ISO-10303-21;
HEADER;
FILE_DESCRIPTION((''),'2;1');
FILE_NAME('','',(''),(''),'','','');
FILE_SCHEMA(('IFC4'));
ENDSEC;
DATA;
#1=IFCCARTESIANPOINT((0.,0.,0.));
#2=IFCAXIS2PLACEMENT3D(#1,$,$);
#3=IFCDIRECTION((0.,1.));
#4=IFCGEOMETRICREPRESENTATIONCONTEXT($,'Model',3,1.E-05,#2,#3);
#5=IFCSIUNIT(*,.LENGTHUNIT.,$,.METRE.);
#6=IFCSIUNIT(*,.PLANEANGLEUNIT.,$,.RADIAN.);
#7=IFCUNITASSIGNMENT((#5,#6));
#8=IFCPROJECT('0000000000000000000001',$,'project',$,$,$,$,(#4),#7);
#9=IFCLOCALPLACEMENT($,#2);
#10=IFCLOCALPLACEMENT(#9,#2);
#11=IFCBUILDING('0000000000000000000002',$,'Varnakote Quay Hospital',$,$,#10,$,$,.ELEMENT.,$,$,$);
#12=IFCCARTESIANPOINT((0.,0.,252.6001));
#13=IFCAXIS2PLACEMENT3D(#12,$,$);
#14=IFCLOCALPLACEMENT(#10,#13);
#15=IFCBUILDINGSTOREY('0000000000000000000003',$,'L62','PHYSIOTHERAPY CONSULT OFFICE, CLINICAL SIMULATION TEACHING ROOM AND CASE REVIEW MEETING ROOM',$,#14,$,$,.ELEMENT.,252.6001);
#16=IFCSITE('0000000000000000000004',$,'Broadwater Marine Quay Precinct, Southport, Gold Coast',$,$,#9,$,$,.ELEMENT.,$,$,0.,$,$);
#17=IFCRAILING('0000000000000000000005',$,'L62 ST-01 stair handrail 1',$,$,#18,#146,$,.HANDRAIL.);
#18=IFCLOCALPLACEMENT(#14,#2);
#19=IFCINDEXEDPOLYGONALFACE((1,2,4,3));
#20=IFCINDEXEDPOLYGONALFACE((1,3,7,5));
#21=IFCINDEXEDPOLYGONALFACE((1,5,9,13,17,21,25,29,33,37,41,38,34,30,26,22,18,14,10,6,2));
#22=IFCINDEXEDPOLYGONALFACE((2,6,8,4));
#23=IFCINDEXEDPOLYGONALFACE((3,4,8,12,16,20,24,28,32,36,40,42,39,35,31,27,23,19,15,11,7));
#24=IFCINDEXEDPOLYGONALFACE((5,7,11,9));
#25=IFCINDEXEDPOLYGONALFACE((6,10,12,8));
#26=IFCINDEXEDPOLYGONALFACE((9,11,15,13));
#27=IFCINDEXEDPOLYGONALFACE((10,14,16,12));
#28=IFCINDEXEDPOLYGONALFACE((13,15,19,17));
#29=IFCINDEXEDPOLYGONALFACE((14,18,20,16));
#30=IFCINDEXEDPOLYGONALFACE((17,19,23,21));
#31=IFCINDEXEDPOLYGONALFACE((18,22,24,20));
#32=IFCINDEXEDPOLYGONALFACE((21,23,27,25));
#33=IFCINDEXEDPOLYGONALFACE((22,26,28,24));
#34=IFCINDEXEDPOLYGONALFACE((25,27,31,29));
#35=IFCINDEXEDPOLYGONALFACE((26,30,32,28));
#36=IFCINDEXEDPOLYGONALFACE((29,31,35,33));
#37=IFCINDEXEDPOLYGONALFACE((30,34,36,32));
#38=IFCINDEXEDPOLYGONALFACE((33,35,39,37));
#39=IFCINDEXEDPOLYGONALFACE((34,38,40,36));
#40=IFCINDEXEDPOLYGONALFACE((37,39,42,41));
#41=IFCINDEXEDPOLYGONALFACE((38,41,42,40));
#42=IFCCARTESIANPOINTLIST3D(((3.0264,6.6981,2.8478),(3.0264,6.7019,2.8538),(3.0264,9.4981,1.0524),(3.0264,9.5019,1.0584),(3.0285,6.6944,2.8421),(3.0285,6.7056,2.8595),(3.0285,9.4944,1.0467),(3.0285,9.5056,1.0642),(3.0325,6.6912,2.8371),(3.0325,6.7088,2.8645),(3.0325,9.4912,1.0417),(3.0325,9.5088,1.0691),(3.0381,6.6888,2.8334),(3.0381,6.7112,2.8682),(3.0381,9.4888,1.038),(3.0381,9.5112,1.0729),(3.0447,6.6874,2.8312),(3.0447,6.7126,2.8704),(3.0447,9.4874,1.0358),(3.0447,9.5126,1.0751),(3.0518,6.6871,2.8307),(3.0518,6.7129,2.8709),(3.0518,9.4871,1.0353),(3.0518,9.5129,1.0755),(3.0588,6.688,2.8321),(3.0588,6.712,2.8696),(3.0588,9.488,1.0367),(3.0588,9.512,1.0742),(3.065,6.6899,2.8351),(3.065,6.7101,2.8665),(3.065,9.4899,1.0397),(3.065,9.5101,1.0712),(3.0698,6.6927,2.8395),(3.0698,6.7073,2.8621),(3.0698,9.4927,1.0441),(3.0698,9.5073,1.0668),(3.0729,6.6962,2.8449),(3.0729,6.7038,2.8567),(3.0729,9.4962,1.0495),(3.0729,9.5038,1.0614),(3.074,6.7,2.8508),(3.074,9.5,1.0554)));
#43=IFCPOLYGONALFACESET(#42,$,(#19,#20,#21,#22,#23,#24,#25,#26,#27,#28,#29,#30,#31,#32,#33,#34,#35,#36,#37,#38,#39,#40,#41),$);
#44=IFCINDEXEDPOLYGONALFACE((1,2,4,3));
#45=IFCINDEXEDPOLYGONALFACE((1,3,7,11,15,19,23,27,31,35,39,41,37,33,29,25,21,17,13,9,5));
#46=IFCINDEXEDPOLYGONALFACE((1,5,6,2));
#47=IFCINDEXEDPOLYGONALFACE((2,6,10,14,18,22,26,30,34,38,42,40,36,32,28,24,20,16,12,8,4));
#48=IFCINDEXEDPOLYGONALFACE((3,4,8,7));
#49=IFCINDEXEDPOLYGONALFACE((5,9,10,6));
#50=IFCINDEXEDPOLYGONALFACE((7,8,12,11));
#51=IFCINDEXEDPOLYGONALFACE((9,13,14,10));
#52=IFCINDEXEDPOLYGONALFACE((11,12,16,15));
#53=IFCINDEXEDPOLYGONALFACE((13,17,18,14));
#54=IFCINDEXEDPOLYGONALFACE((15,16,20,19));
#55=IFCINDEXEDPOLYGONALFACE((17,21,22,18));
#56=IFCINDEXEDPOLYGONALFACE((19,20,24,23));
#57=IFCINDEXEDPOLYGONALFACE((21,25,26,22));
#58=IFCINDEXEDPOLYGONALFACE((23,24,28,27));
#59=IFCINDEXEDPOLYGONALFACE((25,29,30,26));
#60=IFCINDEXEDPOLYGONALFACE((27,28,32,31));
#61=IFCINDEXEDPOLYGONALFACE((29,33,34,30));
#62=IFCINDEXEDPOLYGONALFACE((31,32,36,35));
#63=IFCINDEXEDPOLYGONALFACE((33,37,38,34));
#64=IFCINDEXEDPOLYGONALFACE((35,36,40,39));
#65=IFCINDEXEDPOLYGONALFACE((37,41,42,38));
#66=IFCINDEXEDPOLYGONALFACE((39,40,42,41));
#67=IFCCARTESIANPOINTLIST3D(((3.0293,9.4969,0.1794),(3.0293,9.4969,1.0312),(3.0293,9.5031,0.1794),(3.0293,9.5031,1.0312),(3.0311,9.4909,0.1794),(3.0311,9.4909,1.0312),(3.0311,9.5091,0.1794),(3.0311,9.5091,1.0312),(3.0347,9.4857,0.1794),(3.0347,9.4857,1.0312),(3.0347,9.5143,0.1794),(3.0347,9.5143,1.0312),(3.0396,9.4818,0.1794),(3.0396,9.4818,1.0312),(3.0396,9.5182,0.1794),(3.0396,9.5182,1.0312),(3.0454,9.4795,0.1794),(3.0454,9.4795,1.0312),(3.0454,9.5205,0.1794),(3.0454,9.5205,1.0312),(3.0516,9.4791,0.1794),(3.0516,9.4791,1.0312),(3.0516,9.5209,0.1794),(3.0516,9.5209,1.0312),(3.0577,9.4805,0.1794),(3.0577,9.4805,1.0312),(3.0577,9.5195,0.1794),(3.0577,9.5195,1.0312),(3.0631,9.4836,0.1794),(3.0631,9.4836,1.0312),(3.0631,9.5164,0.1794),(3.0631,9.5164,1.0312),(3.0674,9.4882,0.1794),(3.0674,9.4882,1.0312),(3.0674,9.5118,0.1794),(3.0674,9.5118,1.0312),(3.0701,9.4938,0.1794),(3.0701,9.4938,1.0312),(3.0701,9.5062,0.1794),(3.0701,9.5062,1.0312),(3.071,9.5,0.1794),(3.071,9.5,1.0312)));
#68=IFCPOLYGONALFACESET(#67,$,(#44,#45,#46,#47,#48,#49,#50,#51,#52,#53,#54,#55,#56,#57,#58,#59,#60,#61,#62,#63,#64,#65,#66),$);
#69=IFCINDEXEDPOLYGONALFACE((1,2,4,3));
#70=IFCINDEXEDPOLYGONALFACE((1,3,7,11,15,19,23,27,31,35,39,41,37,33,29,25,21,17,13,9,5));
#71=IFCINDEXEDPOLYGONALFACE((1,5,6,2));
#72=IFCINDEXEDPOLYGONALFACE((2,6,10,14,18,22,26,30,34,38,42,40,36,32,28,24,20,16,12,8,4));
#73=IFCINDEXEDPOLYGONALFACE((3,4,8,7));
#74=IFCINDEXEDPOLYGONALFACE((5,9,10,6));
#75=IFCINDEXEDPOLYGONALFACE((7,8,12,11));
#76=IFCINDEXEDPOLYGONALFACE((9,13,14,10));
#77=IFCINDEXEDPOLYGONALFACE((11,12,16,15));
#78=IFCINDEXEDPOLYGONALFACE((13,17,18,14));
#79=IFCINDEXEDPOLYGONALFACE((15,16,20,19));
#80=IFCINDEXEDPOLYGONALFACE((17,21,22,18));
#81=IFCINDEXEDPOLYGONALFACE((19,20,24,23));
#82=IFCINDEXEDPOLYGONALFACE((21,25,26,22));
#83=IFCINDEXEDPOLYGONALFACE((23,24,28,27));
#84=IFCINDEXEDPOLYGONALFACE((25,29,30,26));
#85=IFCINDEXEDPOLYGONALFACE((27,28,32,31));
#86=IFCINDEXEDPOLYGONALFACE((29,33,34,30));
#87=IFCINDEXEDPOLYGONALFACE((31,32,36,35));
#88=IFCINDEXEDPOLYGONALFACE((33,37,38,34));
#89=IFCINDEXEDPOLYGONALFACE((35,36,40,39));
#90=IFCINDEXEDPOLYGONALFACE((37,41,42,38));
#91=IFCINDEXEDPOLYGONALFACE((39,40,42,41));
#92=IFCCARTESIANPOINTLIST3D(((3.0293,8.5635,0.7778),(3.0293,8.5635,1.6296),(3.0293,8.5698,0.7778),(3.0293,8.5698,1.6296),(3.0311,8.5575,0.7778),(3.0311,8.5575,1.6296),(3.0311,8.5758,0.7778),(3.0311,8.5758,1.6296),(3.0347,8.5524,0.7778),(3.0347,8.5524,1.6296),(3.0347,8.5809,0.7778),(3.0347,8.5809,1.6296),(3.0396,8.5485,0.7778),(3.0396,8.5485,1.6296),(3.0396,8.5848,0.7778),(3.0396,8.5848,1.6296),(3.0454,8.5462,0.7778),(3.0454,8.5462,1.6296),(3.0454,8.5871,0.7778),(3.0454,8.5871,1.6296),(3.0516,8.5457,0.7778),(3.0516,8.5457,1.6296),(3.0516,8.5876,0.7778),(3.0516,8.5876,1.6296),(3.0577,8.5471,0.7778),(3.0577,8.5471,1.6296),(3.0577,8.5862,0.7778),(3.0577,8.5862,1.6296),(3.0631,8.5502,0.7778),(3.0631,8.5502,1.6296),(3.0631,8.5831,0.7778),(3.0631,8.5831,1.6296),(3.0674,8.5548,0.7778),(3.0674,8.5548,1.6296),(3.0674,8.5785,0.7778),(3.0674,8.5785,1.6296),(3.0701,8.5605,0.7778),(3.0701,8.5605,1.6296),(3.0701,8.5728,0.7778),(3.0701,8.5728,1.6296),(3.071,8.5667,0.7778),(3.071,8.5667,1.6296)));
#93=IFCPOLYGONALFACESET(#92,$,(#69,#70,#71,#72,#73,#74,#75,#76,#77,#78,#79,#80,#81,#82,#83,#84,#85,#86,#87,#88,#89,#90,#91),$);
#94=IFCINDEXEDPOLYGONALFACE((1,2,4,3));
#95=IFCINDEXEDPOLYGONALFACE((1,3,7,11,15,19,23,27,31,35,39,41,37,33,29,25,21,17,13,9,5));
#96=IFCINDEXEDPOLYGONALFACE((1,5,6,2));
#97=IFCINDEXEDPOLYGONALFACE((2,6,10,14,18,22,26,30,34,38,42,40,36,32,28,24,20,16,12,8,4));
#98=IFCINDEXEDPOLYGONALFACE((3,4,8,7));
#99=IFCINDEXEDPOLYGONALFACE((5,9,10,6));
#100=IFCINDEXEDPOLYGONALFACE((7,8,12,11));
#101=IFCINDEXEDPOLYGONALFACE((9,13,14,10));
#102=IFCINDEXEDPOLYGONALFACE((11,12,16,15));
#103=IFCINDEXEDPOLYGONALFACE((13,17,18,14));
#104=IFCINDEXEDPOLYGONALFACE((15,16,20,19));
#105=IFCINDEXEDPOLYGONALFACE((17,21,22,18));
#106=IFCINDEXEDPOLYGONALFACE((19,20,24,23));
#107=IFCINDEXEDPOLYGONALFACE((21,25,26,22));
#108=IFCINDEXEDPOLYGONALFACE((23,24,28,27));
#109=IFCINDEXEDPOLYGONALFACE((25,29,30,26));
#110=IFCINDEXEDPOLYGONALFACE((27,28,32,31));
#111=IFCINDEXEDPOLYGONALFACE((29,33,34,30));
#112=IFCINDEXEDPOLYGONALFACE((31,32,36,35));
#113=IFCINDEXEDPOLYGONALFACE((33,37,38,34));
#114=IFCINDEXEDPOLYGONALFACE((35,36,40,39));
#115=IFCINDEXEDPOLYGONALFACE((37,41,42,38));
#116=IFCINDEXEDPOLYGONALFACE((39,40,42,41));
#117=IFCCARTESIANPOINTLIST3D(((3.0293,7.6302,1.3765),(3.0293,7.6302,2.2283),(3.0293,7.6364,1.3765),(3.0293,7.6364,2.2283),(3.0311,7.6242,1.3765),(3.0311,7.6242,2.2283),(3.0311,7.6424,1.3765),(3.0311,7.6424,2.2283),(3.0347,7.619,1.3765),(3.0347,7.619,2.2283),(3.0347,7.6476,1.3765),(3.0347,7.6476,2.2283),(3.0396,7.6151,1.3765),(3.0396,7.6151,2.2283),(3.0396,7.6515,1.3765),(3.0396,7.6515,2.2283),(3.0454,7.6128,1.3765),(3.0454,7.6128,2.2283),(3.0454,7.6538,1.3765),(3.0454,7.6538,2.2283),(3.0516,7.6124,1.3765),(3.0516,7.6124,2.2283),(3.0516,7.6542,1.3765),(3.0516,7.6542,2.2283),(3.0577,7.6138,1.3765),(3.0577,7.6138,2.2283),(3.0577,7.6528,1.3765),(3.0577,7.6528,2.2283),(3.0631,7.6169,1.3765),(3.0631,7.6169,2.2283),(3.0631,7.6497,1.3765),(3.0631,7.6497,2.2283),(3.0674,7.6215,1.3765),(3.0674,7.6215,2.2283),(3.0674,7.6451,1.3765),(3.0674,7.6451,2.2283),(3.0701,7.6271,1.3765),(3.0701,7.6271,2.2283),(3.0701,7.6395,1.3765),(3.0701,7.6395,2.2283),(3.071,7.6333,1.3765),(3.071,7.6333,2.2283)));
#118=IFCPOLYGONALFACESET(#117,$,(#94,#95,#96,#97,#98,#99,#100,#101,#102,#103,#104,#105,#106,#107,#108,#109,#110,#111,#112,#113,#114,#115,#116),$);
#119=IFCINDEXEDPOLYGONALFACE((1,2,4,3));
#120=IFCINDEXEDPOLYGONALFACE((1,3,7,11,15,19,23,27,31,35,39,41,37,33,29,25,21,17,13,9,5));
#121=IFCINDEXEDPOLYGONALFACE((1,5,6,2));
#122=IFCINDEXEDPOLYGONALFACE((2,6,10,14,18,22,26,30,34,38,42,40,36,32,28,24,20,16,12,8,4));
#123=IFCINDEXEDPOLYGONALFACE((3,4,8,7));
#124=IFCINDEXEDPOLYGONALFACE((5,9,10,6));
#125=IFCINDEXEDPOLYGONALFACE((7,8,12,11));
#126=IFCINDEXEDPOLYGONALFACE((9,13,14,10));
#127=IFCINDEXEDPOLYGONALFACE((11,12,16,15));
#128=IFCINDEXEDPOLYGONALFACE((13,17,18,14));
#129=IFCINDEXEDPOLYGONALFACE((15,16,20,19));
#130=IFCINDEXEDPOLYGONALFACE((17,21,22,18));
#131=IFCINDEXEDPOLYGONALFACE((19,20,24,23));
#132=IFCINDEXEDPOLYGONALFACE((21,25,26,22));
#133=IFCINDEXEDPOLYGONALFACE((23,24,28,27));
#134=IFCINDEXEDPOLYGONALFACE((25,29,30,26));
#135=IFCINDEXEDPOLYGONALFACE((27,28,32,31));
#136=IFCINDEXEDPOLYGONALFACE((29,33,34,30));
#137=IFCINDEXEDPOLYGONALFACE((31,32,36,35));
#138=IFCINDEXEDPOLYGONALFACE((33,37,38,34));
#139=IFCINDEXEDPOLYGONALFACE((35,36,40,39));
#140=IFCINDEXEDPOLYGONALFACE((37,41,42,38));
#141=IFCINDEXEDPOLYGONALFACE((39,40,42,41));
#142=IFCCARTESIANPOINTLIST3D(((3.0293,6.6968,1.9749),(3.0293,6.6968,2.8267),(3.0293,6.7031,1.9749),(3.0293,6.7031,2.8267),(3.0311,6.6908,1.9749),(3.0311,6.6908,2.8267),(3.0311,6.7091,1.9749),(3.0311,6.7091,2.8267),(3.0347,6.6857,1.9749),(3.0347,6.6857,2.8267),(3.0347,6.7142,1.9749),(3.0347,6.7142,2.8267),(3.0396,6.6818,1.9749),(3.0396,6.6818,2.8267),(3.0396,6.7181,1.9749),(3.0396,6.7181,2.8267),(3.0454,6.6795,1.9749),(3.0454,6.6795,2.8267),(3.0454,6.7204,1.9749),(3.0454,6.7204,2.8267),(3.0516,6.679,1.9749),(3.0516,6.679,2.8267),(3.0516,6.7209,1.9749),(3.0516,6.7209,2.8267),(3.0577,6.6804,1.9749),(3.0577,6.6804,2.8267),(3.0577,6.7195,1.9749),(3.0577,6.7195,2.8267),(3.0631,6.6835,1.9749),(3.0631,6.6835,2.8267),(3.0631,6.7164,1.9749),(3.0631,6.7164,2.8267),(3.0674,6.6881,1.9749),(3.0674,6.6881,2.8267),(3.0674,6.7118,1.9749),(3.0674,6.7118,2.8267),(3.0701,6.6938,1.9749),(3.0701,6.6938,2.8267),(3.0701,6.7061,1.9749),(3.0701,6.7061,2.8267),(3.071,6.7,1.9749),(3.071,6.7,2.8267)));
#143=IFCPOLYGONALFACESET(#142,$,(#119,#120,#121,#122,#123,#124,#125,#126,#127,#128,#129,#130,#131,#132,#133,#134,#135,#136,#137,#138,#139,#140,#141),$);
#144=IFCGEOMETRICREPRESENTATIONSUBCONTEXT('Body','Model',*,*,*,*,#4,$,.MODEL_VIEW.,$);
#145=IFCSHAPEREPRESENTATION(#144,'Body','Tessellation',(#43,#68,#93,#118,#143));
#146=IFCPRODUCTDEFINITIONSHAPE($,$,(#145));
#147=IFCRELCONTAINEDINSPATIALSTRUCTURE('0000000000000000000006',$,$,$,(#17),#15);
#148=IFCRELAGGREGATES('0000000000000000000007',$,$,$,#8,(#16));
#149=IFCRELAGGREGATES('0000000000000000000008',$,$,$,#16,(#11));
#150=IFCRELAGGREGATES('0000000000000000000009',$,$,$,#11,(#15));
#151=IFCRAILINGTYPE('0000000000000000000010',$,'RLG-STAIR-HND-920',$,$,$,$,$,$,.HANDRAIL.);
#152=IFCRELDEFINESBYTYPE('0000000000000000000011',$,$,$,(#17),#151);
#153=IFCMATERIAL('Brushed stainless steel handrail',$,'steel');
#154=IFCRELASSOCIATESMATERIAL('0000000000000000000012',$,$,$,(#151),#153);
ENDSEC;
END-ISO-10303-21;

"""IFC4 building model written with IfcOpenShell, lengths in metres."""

from ifc_helpers import new_model, si_unit, direction, frame, origin, origin_2d, place, context, subcontext, project, spatial, circle, extrude, material, type_object, element, save


model = new_model("IFC4")

# Units and contexts
model_context = context("Model", 3, precision=1e-05, world=origin(), true_north=direction((0.0, 1.0)))
body_context = subcontext(model_context, "Body", "Model", "MODEL_VIEW")
ifc_project = project(units=[si_unit("LENGTHUNIT", "METRE"), si_unit("PLANEANGLEUNIT", "RADIAN")], contexts=[model_context])

# Site, building, storey
site_placement = place(None, origin())
site = spatial("IfcSite", under=ifc_project, at=site_placement, Name="Broadwater Marine Quay Precinct, Southport, Gold Coast", CompositionType="ELEMENT", RefElevation=0.0)
building_placement = place(site_placement, origin())
building = spatial("IfcBuilding", under=site, at=building_placement, Name="Varnakote Quay Hospital", CompositionType="ELEMENT")
storey_placement = place(building_placement, frame((0.0, 0.0, 252.6001)))
storey = spatial("IfcBuildingStorey", under=building, at=storey_placement, Name="L62", Description="PHYSIOTHERAPY CONSULT OFFICE, CLINICAL SIMULATION TEACHING ROOM AND CASE REVIEW MEETING ROOM", CompositionType="ELEMENT", Elevation=252.6001)

# Railing
ifc_material_1 = material(Name="Brushed stainless steel handrail", Category="steel")
railing_type_1 = type_object("IfcRailingType", Name="RLG-STAIR-HND-920", PredefinedType="HANDRAIL", material=ifc_material_1)
railing_1_placement = place(storey_placement, frame((3.05, 9.5, 0.1794)))
element("IfcRailing", 1, at=railing_1_placement, inside=storey, type_object=railing_type_1, Name="L62 ST-01 stair handrail 1", PredefinedType="HANDRAIL", context=body_context, shape_type="SweptSolid", body=[
    extrude(circle(Radius=0.0239, at=origin_2d()), frame((0.0, 0.0, 0.876), z_axis=(0.0, -0.84181, 0.539774), x_axis=(1.0, 0.0, 0.0)), (0.0, 0.0, 1.0), 3.3262),
    extrude(circle(Radius=0.021, at=origin_2d()), origin(), (0.0, 0.0, 1.0), 0.8518),
    extrude(circle(Radius=0.021, at=origin_2d()), frame((0.0, -0.9333, 0.5984)), (0.0, 0.0, 1.0), 0.8518),
    extrude(circle(Radius=0.021, at=origin_2d()), frame((0.0, -1.8667, 1.197)), (0.0, 0.0, 1.0), 0.8518),
    extrude(circle(Radius=0.021, at=origin_2d()), frame((0.0, -2.8, 1.7954)), (0.0, 0.0, 1.0), 0.8518),
])

save(model, "model.ifc")
